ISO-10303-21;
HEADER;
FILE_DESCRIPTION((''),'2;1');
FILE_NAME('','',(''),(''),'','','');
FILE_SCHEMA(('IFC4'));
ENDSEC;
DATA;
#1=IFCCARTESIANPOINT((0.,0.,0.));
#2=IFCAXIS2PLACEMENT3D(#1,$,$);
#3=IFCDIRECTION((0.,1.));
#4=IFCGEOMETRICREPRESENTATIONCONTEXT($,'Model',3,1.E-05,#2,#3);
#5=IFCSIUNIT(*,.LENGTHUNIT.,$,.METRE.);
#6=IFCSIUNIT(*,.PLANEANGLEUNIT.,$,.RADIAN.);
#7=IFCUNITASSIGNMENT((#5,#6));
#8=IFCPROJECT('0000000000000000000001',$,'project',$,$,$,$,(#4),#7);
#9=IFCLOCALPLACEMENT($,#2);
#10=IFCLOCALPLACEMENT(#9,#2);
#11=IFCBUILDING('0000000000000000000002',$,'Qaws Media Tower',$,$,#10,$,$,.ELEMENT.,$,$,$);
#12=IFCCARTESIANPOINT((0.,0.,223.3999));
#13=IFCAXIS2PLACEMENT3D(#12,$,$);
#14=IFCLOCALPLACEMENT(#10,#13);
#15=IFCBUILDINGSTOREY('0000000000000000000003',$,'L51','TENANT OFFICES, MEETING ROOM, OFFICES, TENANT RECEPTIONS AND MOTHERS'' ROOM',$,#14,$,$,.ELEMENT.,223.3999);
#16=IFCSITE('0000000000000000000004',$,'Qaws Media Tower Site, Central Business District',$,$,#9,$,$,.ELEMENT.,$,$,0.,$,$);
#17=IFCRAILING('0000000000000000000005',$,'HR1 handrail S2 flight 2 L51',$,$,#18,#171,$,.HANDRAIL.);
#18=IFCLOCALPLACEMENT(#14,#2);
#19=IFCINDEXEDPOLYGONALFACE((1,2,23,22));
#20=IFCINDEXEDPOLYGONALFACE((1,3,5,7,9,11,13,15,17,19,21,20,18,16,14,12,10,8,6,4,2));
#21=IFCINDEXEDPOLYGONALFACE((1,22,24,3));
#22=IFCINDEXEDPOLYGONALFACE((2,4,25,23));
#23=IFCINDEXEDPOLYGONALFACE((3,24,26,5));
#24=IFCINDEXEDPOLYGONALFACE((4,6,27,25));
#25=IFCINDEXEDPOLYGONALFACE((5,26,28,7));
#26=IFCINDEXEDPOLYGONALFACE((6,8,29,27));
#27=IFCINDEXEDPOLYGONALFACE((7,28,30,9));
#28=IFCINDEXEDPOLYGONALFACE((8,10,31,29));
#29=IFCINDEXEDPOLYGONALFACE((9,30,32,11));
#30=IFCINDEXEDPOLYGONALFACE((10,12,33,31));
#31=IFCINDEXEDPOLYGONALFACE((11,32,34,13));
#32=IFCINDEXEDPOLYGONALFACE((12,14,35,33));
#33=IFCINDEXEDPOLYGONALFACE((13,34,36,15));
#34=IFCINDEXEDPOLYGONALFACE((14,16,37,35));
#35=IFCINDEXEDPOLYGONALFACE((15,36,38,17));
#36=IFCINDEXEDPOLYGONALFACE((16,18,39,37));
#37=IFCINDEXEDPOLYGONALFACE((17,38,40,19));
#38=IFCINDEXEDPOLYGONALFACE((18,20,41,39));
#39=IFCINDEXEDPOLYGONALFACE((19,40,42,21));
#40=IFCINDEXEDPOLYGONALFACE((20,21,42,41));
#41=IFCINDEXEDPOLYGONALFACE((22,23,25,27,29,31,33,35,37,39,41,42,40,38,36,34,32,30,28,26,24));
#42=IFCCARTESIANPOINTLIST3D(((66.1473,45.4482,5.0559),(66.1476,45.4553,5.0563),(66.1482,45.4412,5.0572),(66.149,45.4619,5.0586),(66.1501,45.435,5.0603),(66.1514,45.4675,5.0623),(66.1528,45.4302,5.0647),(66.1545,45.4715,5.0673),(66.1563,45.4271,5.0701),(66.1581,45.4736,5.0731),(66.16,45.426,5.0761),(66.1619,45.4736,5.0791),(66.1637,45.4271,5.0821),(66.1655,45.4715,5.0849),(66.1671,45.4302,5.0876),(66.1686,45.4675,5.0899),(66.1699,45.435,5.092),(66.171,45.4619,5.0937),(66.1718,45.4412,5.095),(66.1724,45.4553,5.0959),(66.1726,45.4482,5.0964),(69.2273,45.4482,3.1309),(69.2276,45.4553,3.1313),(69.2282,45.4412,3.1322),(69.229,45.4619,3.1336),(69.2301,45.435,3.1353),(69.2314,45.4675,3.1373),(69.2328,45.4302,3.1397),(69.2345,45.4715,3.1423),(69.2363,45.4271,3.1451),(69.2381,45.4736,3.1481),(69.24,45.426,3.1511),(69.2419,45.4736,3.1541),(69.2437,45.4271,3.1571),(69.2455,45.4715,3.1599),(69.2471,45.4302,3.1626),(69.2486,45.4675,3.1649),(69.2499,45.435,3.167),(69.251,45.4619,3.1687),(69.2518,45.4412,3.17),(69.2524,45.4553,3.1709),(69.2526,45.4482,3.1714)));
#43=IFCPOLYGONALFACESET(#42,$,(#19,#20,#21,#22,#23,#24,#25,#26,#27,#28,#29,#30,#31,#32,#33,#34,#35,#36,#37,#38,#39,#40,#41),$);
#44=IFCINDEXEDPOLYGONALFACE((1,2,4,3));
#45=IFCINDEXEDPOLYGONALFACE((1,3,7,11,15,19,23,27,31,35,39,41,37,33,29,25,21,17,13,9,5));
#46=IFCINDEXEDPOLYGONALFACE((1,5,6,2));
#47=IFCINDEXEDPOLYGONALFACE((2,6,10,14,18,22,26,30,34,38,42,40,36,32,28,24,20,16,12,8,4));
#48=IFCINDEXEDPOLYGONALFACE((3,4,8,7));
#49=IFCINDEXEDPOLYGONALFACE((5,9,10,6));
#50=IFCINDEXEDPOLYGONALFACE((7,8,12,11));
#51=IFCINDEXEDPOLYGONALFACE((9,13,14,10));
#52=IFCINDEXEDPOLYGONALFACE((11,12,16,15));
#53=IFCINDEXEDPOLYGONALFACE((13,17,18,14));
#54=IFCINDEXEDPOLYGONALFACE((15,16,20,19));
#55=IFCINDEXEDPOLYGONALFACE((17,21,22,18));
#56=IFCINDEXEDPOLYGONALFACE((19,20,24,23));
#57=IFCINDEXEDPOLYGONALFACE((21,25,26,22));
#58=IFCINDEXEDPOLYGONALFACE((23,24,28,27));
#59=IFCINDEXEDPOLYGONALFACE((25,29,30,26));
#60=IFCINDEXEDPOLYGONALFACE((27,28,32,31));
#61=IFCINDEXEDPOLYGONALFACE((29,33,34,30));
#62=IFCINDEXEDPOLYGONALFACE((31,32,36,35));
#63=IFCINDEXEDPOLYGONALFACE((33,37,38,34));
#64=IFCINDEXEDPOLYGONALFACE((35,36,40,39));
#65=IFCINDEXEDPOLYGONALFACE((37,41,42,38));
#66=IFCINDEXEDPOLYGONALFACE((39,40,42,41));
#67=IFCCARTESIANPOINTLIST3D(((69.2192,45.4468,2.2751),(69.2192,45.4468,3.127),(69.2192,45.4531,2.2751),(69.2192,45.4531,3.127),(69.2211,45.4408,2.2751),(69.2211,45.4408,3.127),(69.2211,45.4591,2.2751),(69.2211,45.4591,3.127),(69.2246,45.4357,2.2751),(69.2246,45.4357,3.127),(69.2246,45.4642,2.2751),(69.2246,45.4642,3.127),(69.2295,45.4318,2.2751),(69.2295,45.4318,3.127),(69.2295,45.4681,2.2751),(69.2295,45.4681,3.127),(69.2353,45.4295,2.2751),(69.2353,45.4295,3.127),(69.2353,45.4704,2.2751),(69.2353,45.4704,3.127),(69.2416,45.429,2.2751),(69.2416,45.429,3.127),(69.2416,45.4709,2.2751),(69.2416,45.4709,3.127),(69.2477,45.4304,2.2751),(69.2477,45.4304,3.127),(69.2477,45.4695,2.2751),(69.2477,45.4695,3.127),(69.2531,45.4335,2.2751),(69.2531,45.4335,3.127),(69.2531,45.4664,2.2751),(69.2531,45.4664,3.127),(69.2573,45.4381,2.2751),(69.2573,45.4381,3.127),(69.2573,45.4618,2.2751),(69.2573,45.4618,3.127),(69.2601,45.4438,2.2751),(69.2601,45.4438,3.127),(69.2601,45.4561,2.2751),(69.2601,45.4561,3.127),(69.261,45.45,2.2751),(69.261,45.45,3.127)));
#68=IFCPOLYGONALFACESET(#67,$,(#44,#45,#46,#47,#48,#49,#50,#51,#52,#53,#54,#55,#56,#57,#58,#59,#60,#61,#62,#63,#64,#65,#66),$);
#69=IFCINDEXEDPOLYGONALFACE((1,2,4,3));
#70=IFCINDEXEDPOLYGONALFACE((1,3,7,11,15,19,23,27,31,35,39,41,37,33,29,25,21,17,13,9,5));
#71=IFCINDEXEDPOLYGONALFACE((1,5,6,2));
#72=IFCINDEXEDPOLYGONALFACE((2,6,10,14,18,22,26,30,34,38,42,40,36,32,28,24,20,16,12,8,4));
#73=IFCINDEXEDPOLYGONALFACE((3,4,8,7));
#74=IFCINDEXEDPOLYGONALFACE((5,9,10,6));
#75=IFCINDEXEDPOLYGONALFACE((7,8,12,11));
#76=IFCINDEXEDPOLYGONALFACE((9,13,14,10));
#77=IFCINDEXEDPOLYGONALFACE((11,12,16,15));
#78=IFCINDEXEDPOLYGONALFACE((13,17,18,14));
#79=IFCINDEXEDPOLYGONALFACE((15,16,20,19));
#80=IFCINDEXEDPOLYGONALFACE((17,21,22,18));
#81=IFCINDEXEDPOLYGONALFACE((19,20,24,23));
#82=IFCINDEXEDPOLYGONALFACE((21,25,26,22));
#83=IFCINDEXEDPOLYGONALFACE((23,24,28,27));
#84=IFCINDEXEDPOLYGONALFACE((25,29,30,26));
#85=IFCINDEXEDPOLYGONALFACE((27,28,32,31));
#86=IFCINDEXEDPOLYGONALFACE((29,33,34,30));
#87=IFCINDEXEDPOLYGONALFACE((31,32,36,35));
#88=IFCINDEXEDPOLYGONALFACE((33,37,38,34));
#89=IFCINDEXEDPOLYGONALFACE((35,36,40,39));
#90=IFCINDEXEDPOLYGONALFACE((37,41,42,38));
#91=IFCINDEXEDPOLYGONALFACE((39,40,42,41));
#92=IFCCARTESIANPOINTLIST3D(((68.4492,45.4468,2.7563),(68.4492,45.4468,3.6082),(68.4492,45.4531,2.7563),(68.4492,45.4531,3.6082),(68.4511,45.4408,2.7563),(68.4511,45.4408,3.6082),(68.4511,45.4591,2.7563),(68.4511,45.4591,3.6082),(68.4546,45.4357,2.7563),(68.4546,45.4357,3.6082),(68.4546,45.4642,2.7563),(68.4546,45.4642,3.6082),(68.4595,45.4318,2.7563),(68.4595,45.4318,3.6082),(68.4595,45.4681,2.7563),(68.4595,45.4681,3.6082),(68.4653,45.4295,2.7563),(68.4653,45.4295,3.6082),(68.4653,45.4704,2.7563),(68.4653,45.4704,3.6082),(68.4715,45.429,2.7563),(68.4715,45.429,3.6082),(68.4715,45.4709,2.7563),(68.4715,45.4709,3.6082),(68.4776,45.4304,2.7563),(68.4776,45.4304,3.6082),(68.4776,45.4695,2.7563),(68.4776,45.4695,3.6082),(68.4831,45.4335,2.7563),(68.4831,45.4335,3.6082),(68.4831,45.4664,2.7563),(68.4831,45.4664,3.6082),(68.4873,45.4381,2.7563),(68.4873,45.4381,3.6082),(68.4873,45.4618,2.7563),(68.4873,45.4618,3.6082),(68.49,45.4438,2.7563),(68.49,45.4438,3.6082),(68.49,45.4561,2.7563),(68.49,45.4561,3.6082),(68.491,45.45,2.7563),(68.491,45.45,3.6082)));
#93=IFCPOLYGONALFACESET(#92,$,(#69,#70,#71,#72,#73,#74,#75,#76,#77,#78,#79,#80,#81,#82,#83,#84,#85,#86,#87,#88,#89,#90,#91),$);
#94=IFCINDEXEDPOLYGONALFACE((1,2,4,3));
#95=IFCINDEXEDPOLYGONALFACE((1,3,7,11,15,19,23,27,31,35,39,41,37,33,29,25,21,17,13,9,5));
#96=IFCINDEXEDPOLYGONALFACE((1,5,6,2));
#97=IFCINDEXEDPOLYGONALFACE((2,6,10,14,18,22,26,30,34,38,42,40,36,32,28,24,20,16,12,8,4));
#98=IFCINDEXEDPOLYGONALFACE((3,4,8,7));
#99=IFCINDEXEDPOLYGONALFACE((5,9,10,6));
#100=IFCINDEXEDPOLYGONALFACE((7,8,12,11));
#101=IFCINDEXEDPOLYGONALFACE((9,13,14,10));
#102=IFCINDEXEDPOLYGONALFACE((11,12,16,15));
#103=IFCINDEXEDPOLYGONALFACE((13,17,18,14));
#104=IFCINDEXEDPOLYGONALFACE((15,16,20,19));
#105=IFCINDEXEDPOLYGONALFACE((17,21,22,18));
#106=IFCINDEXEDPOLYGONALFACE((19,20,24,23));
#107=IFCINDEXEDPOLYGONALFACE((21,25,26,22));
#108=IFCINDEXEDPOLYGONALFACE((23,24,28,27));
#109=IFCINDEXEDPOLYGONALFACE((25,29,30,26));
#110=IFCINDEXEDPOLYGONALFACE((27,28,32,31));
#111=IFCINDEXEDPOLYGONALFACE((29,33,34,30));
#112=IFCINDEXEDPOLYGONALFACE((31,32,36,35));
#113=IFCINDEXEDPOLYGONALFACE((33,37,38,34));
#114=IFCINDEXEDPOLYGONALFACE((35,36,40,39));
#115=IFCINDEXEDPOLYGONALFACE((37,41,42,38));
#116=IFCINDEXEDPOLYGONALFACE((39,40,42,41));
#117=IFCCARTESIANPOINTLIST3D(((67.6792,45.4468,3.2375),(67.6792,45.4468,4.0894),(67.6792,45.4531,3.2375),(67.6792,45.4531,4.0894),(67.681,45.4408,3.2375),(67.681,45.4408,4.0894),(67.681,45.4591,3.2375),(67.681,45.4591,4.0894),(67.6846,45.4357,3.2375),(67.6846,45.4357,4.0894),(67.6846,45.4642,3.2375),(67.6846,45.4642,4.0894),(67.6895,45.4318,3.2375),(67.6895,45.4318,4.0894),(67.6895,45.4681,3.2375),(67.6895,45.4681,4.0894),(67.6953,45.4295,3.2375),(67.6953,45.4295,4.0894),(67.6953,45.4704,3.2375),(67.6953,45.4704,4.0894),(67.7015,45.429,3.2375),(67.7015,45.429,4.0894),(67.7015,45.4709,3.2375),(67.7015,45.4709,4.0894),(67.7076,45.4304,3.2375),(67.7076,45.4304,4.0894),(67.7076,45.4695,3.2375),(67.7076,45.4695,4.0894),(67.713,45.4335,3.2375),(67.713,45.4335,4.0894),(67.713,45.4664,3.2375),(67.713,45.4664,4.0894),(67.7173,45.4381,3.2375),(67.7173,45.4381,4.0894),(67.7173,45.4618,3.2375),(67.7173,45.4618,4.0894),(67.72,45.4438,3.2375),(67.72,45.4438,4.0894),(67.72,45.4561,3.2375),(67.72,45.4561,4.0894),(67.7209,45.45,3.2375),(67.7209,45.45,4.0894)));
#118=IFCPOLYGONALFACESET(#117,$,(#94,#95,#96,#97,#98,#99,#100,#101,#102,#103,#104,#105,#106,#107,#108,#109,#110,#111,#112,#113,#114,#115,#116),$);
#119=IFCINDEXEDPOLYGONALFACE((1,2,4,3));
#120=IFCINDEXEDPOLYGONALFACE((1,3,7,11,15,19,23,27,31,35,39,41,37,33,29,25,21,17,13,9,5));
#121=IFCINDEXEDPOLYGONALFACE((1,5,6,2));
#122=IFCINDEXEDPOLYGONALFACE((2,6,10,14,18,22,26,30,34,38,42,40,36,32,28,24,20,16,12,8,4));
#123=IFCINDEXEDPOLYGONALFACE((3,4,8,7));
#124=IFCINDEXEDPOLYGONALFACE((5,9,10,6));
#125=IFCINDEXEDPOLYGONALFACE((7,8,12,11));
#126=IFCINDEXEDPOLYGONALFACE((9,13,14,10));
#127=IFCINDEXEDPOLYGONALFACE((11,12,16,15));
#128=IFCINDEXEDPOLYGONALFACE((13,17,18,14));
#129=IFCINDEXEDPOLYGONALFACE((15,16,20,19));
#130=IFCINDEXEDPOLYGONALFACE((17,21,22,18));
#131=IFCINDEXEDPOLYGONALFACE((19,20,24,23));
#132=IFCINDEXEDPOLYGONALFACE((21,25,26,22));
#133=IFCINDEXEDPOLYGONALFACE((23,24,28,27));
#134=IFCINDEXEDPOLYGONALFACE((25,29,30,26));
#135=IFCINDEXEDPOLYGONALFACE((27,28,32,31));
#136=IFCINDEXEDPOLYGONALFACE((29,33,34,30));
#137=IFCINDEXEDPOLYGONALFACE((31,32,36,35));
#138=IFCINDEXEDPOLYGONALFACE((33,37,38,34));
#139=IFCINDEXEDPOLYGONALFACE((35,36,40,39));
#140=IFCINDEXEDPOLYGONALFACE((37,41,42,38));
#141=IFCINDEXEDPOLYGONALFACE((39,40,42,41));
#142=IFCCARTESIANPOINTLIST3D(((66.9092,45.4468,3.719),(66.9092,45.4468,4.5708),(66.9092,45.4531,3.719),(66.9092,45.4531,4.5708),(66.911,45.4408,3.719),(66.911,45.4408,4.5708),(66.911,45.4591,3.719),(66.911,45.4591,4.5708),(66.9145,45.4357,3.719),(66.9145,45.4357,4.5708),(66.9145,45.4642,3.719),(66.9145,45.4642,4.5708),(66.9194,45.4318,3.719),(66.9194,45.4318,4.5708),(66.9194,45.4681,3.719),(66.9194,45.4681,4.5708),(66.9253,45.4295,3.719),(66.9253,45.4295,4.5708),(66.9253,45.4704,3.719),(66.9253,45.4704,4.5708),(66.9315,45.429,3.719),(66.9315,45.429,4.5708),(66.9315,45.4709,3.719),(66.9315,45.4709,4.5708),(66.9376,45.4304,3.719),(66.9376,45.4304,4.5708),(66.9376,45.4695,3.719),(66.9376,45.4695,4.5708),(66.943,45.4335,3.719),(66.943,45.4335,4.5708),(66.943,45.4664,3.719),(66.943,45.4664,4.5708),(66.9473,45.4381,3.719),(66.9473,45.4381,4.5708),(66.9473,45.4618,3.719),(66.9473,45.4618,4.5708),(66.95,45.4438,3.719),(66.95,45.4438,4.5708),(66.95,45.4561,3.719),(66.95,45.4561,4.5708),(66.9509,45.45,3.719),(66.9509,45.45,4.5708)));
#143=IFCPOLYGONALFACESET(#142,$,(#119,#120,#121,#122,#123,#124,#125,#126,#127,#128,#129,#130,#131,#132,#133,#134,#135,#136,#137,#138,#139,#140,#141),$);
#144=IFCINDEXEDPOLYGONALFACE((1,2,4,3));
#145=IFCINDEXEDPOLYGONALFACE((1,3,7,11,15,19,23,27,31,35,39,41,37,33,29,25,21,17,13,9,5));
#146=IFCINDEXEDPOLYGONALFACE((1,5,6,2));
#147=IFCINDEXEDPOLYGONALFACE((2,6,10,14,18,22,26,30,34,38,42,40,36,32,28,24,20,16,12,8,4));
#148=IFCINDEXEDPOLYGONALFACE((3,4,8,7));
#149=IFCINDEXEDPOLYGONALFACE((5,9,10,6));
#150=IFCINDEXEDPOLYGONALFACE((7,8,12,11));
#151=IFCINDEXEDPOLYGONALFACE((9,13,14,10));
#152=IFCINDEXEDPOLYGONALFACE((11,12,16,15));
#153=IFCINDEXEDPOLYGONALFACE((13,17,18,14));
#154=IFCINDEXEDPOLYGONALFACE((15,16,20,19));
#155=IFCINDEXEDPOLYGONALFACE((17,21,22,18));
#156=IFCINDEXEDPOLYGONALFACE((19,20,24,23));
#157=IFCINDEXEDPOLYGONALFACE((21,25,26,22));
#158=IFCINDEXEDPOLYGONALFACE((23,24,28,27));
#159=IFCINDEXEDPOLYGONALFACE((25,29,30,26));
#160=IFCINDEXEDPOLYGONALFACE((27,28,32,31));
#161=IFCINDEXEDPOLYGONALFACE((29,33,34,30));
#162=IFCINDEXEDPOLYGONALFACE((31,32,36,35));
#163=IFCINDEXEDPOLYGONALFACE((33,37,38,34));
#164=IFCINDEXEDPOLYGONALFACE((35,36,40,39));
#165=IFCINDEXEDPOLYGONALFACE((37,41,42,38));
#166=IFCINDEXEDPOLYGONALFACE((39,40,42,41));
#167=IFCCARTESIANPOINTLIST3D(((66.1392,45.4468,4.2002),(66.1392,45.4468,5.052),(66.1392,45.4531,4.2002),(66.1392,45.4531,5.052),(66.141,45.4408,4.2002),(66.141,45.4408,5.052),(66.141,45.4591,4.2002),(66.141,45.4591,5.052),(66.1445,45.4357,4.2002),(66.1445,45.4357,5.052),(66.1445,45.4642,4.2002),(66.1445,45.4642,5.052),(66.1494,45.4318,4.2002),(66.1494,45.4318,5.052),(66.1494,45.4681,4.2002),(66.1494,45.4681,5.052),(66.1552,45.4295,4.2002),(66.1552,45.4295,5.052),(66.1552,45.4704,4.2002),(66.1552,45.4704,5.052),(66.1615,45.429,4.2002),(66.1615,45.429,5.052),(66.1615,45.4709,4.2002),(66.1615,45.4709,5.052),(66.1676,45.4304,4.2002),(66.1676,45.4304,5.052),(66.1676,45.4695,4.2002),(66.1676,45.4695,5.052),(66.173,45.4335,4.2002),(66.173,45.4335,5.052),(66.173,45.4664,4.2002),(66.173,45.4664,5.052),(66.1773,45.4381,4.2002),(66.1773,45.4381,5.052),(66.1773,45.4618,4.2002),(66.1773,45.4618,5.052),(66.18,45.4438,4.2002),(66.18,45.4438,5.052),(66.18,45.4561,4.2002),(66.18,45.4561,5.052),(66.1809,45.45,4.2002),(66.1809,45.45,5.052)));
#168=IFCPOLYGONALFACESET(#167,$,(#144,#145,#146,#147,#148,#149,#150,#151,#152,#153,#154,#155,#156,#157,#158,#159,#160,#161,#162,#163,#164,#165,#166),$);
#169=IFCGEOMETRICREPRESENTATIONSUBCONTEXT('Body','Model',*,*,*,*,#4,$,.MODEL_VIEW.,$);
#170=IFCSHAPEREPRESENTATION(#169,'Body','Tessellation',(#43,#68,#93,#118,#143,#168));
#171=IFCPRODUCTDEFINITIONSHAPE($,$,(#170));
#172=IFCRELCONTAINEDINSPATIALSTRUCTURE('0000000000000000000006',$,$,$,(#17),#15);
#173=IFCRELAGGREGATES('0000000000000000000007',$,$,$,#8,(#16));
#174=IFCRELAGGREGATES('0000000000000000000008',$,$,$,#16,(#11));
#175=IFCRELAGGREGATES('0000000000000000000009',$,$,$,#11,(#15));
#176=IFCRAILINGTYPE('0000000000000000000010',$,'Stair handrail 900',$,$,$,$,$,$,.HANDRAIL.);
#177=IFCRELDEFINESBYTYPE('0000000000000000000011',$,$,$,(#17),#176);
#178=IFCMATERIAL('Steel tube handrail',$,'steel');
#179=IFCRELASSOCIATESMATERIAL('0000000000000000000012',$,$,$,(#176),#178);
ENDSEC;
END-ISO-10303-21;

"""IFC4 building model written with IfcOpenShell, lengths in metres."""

from ifc_helpers import new_model, si_unit, direction, frame, origin, origin_2d, place, context, subcontext, project, spatial, circle, extrude, material, type_object, element, save


model = new_model("IFC4")

# Units and contexts
model_context = context("Model", 3, precision=1e-05, world=origin(), true_north=direction((0.0, 1.0)))
body_context = subcontext(model_context, "Body", "Model", "MODEL_VIEW")
ifc_project = project(units=[si_unit("LENGTHUNIT", "METRE"), si_unit("PLANEANGLEUNIT", "RADIAN")], contexts=[model_context])

# Site, building, storey
site_placement = place(None, origin())
site = spatial("IfcSite", under=ifc_project, at=site_placement, Name="Qaws Media Tower Site, Central Business District", CompositionType="ELEMENT", RefElevation=0.0)
building_placement = place(site_placement, origin())
building = spatial("IfcBuilding", under=site, at=building_placement, Name="Qaws Media Tower", CompositionType="ELEMENT")
storey_placement = place(building_placement, frame((0.0, 0.0, 223.3999)))
storey = spatial("IfcBuildingStorey", under=building, at=storey_placement, Name="L51", Description="TENANT OFFICES, MEETING ROOM, OFFICES, TENANT RECEPTIONS AND MOTHERS' ROOM", CompositionType="ELEMENT", Elevation=223.3999)

# Railing
ifc_material_1 = material(Name="Steel tube handrail", Category="steel")
railing_type = type_object("IfcRailingType", Name="Stair handrail 900", PredefinedType="HANDRAIL", material=ifc_material_1)
for number, where, name in (
    (1, (69.24, 45.45, 2.2751), "HR1 handrail S2 flight 2 L51"),
):
    element("IfcRailing", number, at=place(storey_placement, frame(where)), inside=storey, type_object=railing_type, Name=name, PredefinedType="HANDRAIL", context=body_context, shape_type="SweptSolid", body=[
        extrude(circle(Radius=0.0239, at=origin_2d()), frame((0.0, 0.0, 0.876), z_axis=(-0.847998, 0.0, 0.529999), x_axis=(0.0, -1.0, 0.0)), (0.0, 0.0, 1.0), 3.6321),
        extrude(circle(Radius=0.021, at=origin_2d()), origin(), (0.0, 0.0, 1.0), 0.8518),
        extrude(circle(Radius=0.021, at=origin_2d()), frame((-0.77, 0.0, 0.4812)), (0.0, 0.0, 1.0), 0.8518),
        extrude(circle(Radius=0.021, at=origin_2d()), frame((-1.54, 0.0, 0.9624)), (0.0, 0.0, 1.0), 0.8518),
        extrude(circle(Radius=0.021, at=origin_2d()), frame((-2.3101, 0.0, 1.4438)), (0.0, 0.0, 1.0), 0.8518),
        extrude(circle(Radius=0.021, at=origin_2d()), frame((-3.0801, 0.0, 1.925)), (0.0, 0.0, 1.0), 0.8518),
    ])

save(model, "model.ifc")
